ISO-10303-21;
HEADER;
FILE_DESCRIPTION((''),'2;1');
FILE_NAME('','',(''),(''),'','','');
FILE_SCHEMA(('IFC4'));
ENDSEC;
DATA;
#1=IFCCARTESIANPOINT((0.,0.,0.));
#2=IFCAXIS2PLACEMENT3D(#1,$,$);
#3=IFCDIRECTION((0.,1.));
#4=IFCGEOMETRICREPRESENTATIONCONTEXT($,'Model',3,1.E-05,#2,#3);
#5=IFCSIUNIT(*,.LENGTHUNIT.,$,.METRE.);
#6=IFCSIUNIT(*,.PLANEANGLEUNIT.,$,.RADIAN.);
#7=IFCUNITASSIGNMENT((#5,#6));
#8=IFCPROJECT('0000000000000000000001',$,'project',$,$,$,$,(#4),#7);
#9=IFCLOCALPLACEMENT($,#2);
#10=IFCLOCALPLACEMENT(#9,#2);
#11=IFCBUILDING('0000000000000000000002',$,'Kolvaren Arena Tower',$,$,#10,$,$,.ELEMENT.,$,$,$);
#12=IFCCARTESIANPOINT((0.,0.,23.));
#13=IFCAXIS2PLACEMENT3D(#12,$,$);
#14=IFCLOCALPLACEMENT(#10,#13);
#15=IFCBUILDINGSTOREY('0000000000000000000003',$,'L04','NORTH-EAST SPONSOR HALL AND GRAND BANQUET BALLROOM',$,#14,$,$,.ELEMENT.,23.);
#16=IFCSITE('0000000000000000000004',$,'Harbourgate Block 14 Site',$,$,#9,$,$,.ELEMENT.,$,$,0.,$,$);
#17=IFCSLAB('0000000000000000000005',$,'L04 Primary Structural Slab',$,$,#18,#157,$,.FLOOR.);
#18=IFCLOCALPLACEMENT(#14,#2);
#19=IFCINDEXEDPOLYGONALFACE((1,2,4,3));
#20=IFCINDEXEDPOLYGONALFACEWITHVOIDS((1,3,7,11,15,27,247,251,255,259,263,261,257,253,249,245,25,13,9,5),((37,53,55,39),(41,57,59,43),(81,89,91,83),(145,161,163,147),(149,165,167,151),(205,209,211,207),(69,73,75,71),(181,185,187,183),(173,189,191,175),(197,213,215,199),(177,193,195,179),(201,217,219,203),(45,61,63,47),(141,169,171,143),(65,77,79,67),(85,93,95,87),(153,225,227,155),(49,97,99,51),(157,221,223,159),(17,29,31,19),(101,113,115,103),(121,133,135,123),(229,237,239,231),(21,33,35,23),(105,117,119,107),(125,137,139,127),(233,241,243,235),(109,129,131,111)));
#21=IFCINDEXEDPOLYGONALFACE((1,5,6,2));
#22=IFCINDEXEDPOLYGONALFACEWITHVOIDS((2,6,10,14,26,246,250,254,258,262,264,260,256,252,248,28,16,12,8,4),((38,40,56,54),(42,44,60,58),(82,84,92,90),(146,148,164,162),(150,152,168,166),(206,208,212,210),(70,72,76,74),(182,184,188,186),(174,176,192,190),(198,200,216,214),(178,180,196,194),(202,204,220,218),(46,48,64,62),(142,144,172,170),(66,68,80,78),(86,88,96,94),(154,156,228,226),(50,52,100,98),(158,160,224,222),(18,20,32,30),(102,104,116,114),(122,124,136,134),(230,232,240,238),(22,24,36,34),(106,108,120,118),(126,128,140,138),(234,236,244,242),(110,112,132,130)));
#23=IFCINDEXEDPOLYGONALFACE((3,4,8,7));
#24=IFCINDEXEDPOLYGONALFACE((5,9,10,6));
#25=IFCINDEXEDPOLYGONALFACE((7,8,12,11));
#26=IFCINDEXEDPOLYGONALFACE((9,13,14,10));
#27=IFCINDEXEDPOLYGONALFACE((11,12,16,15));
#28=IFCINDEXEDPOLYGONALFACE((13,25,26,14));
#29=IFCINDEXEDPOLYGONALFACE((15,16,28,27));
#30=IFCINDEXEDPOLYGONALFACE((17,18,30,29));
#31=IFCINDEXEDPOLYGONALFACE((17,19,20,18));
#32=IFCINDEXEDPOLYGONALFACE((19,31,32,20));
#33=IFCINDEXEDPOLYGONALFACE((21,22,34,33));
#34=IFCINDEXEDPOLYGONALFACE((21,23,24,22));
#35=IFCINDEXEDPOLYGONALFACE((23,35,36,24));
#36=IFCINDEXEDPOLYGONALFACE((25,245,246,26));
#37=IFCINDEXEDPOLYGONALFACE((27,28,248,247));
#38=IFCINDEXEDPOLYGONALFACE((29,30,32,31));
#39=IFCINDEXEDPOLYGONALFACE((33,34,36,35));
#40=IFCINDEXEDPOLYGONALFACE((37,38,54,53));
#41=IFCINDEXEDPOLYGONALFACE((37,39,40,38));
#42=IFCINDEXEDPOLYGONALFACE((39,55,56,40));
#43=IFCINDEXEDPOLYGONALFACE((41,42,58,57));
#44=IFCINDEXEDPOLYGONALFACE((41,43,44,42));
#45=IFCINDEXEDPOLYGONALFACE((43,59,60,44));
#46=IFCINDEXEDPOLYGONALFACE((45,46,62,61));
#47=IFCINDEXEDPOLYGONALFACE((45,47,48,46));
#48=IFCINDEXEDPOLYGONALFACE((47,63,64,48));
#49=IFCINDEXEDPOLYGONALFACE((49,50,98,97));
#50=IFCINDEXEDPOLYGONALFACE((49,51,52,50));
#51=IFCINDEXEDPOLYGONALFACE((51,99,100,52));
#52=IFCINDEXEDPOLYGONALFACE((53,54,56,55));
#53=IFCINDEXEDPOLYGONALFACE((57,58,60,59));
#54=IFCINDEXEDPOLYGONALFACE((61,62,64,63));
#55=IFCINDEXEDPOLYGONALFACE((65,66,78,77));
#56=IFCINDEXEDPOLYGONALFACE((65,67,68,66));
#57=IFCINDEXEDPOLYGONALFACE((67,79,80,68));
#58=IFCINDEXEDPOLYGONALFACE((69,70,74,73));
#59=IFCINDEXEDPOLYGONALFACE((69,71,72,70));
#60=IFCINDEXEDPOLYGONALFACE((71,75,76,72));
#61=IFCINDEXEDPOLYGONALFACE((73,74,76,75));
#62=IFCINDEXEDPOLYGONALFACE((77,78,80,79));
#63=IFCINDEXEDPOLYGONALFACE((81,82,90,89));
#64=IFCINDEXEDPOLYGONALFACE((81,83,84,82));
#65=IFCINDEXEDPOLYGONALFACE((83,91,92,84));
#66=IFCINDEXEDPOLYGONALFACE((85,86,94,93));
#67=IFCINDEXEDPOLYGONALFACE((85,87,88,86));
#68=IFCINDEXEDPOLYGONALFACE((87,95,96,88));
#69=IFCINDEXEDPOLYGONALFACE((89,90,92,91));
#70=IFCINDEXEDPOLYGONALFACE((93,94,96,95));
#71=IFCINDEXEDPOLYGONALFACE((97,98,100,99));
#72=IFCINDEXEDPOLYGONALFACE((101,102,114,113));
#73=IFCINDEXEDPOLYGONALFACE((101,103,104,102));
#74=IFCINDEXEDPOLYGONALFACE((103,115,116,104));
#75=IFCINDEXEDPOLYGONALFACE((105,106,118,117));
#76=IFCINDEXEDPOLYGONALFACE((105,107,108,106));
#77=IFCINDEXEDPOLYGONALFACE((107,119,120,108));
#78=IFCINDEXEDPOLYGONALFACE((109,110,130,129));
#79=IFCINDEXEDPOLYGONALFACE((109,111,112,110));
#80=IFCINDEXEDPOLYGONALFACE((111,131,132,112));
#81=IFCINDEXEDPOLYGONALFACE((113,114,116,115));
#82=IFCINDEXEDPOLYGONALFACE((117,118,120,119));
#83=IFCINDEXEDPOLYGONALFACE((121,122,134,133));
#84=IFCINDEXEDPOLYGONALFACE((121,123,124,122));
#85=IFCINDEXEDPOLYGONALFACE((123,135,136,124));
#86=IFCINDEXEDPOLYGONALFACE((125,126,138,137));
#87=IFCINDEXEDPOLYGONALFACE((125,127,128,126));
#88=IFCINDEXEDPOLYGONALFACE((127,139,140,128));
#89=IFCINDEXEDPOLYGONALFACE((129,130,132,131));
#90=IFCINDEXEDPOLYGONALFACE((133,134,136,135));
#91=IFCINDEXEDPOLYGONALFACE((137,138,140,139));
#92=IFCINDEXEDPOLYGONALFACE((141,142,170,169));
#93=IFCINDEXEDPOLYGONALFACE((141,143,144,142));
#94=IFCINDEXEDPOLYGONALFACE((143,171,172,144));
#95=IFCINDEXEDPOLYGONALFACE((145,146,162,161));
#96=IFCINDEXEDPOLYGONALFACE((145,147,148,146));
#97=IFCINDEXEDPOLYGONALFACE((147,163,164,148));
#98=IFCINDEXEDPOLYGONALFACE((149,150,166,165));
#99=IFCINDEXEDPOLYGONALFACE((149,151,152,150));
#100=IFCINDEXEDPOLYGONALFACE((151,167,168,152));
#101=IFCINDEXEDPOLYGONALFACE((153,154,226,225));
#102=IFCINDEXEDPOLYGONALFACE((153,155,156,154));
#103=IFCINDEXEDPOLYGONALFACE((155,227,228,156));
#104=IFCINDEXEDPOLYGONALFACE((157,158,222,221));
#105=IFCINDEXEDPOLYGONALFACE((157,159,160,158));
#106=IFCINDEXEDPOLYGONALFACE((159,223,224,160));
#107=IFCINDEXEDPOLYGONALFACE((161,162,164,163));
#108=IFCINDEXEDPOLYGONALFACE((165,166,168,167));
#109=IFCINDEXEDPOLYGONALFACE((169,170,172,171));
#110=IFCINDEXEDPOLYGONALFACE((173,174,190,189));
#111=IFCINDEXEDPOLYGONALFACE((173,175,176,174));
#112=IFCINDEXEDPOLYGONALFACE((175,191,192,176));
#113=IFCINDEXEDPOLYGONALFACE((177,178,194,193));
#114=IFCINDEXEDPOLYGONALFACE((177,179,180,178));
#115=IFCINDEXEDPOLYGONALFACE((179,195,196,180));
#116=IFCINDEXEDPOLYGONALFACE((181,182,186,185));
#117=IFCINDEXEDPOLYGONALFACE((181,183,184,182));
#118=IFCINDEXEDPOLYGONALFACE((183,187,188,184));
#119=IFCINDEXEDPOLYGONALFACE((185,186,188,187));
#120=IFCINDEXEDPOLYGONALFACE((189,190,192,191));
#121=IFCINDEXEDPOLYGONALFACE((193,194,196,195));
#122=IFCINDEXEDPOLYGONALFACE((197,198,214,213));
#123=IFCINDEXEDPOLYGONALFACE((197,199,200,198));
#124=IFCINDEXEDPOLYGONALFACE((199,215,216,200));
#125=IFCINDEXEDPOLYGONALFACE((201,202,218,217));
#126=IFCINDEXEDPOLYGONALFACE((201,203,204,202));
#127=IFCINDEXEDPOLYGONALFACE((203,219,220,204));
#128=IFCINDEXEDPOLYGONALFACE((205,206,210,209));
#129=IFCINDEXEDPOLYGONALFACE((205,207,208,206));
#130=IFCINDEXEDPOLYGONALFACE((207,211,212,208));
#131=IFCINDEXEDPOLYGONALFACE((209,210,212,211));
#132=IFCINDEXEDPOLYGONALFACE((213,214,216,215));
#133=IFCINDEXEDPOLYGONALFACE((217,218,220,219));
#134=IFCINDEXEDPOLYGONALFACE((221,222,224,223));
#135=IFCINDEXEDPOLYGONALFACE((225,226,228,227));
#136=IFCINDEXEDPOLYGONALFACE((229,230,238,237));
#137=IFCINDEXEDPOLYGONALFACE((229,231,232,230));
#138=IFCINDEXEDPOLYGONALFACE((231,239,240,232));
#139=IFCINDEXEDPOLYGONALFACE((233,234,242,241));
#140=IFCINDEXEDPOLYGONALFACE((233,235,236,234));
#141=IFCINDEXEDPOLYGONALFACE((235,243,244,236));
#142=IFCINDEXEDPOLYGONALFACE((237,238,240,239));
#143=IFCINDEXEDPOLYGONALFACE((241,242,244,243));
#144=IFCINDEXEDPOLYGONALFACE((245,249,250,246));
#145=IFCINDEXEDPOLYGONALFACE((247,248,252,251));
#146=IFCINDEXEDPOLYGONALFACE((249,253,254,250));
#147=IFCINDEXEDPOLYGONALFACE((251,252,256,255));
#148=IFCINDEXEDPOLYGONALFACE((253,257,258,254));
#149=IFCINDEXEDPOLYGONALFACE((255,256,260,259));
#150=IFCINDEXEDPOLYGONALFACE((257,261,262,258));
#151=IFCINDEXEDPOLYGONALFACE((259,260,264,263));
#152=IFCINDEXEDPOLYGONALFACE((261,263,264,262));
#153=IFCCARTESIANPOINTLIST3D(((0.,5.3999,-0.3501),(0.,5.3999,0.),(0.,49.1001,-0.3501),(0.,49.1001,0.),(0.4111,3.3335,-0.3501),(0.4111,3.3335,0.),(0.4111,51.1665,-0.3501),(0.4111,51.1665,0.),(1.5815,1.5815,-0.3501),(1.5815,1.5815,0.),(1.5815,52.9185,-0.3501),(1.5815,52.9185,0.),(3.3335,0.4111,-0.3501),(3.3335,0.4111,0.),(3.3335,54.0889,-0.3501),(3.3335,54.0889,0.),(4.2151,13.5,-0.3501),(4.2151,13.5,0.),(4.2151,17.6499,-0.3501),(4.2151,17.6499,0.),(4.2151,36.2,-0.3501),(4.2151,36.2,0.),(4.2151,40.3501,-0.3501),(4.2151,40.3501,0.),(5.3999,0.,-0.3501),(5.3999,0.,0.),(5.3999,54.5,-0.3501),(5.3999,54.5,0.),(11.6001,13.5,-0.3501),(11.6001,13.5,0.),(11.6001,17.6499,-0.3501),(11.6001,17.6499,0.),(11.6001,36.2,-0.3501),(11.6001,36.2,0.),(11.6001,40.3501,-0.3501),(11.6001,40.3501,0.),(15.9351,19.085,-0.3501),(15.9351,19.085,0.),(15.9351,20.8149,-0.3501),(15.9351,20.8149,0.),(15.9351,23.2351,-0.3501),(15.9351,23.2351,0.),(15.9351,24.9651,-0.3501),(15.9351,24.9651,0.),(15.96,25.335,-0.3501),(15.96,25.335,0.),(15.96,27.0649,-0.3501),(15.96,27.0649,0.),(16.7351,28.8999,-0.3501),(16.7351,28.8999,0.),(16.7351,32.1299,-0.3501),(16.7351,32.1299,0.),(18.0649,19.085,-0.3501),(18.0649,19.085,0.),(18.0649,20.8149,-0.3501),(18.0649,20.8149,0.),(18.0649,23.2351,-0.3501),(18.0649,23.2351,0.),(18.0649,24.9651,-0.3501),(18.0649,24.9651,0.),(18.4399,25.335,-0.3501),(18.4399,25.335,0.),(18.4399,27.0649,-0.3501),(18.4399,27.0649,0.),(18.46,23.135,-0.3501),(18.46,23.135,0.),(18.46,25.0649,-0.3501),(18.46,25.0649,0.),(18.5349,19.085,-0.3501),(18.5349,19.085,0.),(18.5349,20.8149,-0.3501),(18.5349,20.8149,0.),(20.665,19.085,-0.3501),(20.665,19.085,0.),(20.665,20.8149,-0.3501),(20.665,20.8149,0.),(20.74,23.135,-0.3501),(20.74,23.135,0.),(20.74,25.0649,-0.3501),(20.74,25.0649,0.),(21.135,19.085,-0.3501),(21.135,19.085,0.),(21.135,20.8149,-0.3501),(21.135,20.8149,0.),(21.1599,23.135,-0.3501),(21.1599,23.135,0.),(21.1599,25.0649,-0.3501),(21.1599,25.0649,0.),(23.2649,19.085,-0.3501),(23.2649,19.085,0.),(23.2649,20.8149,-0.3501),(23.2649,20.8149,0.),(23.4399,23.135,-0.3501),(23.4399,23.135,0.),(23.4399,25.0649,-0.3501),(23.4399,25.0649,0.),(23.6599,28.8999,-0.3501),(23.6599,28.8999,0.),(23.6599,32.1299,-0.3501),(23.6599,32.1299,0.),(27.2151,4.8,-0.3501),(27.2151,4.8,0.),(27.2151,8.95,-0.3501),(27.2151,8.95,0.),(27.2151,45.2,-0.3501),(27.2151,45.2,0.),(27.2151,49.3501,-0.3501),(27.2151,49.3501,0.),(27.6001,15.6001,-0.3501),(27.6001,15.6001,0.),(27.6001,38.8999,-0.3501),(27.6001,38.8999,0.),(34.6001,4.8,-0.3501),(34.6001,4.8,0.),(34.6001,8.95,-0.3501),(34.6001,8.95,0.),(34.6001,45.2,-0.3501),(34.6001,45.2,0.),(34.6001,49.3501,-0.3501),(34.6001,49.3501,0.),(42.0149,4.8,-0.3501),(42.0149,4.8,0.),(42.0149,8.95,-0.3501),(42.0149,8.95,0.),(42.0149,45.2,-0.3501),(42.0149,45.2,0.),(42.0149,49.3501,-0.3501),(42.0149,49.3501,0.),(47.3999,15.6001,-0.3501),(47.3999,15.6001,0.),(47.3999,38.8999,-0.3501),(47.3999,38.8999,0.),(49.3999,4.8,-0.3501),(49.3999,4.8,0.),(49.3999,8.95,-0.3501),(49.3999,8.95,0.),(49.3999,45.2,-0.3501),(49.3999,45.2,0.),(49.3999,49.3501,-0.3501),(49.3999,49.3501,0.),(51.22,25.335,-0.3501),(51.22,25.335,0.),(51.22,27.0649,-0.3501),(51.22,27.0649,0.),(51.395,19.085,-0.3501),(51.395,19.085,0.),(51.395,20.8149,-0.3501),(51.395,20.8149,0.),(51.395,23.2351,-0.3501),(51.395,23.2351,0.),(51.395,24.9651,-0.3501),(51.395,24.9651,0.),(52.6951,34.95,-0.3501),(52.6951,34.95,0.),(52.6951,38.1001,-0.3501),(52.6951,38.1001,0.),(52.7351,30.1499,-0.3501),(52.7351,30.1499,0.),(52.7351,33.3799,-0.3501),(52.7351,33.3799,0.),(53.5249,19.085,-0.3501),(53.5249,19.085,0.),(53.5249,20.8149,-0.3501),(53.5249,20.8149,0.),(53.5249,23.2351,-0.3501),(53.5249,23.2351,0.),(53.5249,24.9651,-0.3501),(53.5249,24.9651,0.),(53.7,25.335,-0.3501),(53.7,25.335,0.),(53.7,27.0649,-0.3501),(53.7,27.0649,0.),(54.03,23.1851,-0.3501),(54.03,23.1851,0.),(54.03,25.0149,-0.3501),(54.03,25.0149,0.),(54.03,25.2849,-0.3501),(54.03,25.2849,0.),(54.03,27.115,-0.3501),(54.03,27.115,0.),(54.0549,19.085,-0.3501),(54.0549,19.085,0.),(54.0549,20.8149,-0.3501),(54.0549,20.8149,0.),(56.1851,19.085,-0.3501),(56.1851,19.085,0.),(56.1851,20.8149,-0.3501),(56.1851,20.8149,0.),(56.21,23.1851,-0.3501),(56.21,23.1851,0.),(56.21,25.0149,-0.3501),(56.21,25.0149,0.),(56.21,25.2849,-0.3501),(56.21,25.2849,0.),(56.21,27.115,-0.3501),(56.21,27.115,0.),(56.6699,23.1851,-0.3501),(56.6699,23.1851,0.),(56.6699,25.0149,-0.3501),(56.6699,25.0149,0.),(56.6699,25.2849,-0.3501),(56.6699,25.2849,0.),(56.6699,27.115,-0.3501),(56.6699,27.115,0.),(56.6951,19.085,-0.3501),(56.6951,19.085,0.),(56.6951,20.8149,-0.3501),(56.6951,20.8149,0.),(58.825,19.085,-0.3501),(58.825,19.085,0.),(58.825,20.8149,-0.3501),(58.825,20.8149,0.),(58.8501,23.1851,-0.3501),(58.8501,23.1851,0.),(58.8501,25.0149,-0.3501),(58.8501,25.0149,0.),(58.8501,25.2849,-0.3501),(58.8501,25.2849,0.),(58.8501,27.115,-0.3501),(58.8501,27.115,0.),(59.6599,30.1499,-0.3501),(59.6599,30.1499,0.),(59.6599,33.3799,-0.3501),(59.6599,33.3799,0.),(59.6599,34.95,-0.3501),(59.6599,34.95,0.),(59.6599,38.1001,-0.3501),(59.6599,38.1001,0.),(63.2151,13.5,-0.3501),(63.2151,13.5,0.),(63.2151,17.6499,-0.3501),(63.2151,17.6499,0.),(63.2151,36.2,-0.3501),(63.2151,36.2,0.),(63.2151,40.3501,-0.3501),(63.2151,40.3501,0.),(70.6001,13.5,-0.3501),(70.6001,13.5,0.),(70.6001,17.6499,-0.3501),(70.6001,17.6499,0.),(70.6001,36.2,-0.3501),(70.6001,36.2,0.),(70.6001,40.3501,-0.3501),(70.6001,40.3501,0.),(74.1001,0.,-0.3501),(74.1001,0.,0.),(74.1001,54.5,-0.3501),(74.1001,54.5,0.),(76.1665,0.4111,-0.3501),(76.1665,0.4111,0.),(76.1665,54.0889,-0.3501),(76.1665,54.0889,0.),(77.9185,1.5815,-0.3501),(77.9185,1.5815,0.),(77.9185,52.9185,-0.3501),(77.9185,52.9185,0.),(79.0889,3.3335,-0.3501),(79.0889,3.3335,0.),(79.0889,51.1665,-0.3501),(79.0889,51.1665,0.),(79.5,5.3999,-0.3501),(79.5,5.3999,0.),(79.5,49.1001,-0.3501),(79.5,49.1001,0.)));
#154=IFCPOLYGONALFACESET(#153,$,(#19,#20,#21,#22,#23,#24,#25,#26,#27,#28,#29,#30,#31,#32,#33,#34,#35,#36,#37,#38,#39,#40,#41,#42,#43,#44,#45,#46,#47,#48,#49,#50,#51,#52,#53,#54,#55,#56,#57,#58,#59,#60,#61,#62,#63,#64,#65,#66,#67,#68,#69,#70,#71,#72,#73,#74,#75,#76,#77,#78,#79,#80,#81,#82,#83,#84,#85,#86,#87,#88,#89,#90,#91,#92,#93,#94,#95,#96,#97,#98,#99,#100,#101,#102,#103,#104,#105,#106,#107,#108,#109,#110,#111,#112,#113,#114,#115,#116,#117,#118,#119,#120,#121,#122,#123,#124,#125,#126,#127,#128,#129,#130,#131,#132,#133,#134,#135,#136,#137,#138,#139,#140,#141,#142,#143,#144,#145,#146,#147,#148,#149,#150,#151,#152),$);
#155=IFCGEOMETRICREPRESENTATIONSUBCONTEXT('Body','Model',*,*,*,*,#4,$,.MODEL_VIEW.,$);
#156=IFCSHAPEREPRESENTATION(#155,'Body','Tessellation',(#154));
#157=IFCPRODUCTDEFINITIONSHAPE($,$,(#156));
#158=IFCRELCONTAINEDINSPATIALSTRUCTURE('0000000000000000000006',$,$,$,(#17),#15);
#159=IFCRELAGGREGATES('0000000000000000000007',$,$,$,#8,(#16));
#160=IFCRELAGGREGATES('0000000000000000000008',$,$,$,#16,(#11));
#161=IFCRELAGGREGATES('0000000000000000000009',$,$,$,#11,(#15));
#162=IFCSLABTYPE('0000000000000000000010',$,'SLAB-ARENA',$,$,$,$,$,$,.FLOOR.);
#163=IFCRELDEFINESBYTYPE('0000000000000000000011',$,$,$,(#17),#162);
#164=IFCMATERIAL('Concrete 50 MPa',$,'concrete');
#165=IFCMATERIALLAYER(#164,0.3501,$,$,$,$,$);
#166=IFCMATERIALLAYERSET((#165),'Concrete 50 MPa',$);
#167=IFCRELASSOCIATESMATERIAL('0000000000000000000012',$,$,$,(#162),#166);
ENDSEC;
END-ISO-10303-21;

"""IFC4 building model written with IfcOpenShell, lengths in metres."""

from ifc_helpers import new_model, si_unit, direction, frame, origin, place, context, subcontext, project, spatial, polyline, outline, extrude, material, layer, layer_set, type_object, element, save


model = new_model("IFC4")

# Units and contexts
model_context = context("Model", 3, precision=1e-05, world=origin(), true_north=direction((0.0, 1.0)))
body_context = subcontext(model_context, "Body", "Model", "MODEL_VIEW")
ifc_project = project(units=[si_unit("LENGTHUNIT", "METRE"), si_unit("PLANEANGLEUNIT", "RADIAN")], contexts=[model_context])

# Site, building, storey
site_placement = place(None, origin())
site = spatial("IfcSite", under=ifc_project, at=site_placement, Name="Harbourgate Block 14 Site", CompositionType="ELEMENT", RefElevation=0.0)
building_placement = place(site_placement, origin())
building = spatial("IfcBuilding", under=site, at=building_placement, Name="Kolvaren Arena Tower", CompositionType="ELEMENT")
storey_placement = place(building_placement, frame((0.0, 0.0, 23.0)))
storey = spatial("IfcBuildingStorey", under=building, at=storey_placement, Name="L04", Description="NORTH-EAST SPONSOR HALL AND GRAND BANQUET BALLROOM", CompositionType="ELEMENT", Elevation=23.0)

# Slab
ifc_material_1 = material(Name="Concrete 50 MPa", Category="concrete")
ifc_layer_1 = layer(ifc_material_1, 0.3501)
ifc_layer_set_1 = layer_set([ifc_layer_1], Name="Concrete 50 MPa")
slab_type_1 = type_object("IfcSlabType", Name="SLAB-ARENA", PredefinedType="FLOOR", material=ifc_layer_set_1)
slab_1_placement = place(storey_placement, frame((0.0, 0.0, -0.3501)))
element("IfcSlab", 1, at=slab_1_placement, inside=storey, type_object=slab_type_1, Name="L04 Primary Structural Slab", PredefinedType="FLOOR", context=body_context, shape_type="SweptSolid", body=[
    extrude(outline(polyline([(74.1001, 0.0), (76.1665, 0.4111), (77.9185, 1.5815), (79.0889, 3.3335), (79.5, 5.3999), (79.5, 49.1001), (79.0889, 51.1665), (77.9185, 52.9185), (76.1665, 54.0889), (74.1001, 54.5), (5.3999, 54.5), (3.3335, 54.0889), (1.5815, 52.9185), (0.4111, 51.1665), (0.0, 49.1001), (0.0, 5.3999), (0.4111, 3.3335), (1.5815, 1.5815), (3.3335, 0.4111), (5.3999, 0.0), (74.1001, 0.0)]), holes=[polyline([(27.2151, 4.8), (27.2151, 8.95), (34.6001, 8.95), (34.6001, 4.8), (27.2151, 4.8)]), polyline([(42.0149, 4.8), (42.0149, 8.95), (49.3999, 8.95), (49.3999, 4.8), (42.0149, 4.8)]), polyline([(4.2151, 17.6499), (11.6001, 17.6499), (11.6001, 13.5), (4.2151, 13.5), (4.2151, 17.6499)]), polyline([(63.2151, 17.6499), (70.6001, 17.6499), (70.6001, 13.5), (63.2151, 13.5), (63.2151, 17.6499)]), polyline([(27.6001, 38.8999), (47.3999, 38.8999), (47.3999, 15.6001), (27.6001, 15.6001), (27.6001, 38.8999)]), polyline([(15.9351, 20.8149), (18.0649, 20.8149), (18.0649, 19.085), (15.9351, 19.085), (15.9351, 20.8149)]), polyline([(18.5349, 20.8149), (20.665, 20.8149), (20.665, 19.085), (18.5349, 19.085), (18.5349, 20.8149)]), polyline([(21.135, 20.8149), (23.2649, 20.8149), (23.2649, 19.085), (21.135, 19.085), (21.135, 20.8149)]), polyline([(51.395, 20.8149), (53.5249, 20.8149), (53.5249, 19.085), (51.395, 19.085), (51.395, 20.8149)]), polyline([(54.0549, 20.8149), (56.1851, 20.8149), (56.1851, 19.085), (54.0549, 19.085), (54.0549, 20.8149)]), polyline([(56.6951, 20.8149), (58.825, 20.8149), (58.825, 19.085), (56.6951, 19.085), (56.6951, 20.8149)]), polyline([(18.46, 25.0649), (20.74, 25.0649), (20.74, 23.135), (18.46, 23.135), (18.46, 25.0649)]), polyline([(21.1599, 23.135), (21.1599, 25.0649), (23.4399, 25.0649), (23.4399, 23.135), (21.1599, 23.135)]), polyline([(54.03, 25.0149), (56.21, 25.0149), (56.21, 23.1851), (54.03, 23.1851), (54.03, 25.0149)]), polyline([(56.6699, 23.1851), (56.6699, 25.0149), (58.8501, 25.0149), (58.8501, 23.1851), (56.6699, 23.1851)]), polyline([(15.9351, 24.9651), (18.0649, 24.9651), (18.0649, 23.2351), (15.9351, 23.2351), (15.9351, 24.9651)]), polyline([(51.395, 24.9651), (53.5249, 24.9651), (53.5249, 23.2351), (51.395, 23.2351), (51.395, 24.9651)]), polyline([(54.03, 27.115), (56.21, 27.115), (56.21, 25.2849), (54.03, 25.2849), (54.03, 27.115)]), polyline([(56.6699, 27.115), (58.8501, 27.115), (58.8501, 25.2849), (56.6699, 25.2849), (56.6699, 27.115)]), polyline([(15.96, 27.0649), (18.4399, 27.0649), (18.4399, 25.335), (15.96, 25.335), (15.96, 27.0649)]), polyline([(51.22, 27.0649), (53.7, 27.0649), (53.7, 25.335), (51.22, 25.335), (51.22, 27.0649)]), polyline([(16.7351, 32.1299), (23.6599, 32.1299), (23.6599, 28.8999), (16.7351, 28.8999), (16.7351, 32.1299)]), polyline([(52.7351, 33.3799), (59.6599, 33.3799), (59.6599, 30.1499), (52.7351, 30.1499), (52.7351, 33.3799)]), polyline([(52.6951, 38.1001), (59.6599, 38.1001), (59.6599, 34.95), (52.6951, 34.95), (52.6951, 38.1001)]), polyline([(4.2151, 40.3501), (11.6001, 40.3501), (11.6001, 36.2), (4.2151, 36.2), (4.2151, 40.3501)]), polyline([(63.2151, 40.3501), (70.6001, 40.3501), (70.6001, 36.2), (63.2151, 36.2), (63.2151, 40.3501)]), polyline([(27.2151, 49.3501), (34.6001, 49.3501), (34.6001, 45.2), (27.2151, 45.2), (27.2151, 49.3501)]), polyline([(42.0149, 49.3501), (49.3999, 49.3501), (49.3999, 45.2), (42.0149, 45.2), (42.0149, 49.3501)])]), origin(), (0.0, 0.0, 1.0), 0.3501),
])

save(model, "model.ifc")
